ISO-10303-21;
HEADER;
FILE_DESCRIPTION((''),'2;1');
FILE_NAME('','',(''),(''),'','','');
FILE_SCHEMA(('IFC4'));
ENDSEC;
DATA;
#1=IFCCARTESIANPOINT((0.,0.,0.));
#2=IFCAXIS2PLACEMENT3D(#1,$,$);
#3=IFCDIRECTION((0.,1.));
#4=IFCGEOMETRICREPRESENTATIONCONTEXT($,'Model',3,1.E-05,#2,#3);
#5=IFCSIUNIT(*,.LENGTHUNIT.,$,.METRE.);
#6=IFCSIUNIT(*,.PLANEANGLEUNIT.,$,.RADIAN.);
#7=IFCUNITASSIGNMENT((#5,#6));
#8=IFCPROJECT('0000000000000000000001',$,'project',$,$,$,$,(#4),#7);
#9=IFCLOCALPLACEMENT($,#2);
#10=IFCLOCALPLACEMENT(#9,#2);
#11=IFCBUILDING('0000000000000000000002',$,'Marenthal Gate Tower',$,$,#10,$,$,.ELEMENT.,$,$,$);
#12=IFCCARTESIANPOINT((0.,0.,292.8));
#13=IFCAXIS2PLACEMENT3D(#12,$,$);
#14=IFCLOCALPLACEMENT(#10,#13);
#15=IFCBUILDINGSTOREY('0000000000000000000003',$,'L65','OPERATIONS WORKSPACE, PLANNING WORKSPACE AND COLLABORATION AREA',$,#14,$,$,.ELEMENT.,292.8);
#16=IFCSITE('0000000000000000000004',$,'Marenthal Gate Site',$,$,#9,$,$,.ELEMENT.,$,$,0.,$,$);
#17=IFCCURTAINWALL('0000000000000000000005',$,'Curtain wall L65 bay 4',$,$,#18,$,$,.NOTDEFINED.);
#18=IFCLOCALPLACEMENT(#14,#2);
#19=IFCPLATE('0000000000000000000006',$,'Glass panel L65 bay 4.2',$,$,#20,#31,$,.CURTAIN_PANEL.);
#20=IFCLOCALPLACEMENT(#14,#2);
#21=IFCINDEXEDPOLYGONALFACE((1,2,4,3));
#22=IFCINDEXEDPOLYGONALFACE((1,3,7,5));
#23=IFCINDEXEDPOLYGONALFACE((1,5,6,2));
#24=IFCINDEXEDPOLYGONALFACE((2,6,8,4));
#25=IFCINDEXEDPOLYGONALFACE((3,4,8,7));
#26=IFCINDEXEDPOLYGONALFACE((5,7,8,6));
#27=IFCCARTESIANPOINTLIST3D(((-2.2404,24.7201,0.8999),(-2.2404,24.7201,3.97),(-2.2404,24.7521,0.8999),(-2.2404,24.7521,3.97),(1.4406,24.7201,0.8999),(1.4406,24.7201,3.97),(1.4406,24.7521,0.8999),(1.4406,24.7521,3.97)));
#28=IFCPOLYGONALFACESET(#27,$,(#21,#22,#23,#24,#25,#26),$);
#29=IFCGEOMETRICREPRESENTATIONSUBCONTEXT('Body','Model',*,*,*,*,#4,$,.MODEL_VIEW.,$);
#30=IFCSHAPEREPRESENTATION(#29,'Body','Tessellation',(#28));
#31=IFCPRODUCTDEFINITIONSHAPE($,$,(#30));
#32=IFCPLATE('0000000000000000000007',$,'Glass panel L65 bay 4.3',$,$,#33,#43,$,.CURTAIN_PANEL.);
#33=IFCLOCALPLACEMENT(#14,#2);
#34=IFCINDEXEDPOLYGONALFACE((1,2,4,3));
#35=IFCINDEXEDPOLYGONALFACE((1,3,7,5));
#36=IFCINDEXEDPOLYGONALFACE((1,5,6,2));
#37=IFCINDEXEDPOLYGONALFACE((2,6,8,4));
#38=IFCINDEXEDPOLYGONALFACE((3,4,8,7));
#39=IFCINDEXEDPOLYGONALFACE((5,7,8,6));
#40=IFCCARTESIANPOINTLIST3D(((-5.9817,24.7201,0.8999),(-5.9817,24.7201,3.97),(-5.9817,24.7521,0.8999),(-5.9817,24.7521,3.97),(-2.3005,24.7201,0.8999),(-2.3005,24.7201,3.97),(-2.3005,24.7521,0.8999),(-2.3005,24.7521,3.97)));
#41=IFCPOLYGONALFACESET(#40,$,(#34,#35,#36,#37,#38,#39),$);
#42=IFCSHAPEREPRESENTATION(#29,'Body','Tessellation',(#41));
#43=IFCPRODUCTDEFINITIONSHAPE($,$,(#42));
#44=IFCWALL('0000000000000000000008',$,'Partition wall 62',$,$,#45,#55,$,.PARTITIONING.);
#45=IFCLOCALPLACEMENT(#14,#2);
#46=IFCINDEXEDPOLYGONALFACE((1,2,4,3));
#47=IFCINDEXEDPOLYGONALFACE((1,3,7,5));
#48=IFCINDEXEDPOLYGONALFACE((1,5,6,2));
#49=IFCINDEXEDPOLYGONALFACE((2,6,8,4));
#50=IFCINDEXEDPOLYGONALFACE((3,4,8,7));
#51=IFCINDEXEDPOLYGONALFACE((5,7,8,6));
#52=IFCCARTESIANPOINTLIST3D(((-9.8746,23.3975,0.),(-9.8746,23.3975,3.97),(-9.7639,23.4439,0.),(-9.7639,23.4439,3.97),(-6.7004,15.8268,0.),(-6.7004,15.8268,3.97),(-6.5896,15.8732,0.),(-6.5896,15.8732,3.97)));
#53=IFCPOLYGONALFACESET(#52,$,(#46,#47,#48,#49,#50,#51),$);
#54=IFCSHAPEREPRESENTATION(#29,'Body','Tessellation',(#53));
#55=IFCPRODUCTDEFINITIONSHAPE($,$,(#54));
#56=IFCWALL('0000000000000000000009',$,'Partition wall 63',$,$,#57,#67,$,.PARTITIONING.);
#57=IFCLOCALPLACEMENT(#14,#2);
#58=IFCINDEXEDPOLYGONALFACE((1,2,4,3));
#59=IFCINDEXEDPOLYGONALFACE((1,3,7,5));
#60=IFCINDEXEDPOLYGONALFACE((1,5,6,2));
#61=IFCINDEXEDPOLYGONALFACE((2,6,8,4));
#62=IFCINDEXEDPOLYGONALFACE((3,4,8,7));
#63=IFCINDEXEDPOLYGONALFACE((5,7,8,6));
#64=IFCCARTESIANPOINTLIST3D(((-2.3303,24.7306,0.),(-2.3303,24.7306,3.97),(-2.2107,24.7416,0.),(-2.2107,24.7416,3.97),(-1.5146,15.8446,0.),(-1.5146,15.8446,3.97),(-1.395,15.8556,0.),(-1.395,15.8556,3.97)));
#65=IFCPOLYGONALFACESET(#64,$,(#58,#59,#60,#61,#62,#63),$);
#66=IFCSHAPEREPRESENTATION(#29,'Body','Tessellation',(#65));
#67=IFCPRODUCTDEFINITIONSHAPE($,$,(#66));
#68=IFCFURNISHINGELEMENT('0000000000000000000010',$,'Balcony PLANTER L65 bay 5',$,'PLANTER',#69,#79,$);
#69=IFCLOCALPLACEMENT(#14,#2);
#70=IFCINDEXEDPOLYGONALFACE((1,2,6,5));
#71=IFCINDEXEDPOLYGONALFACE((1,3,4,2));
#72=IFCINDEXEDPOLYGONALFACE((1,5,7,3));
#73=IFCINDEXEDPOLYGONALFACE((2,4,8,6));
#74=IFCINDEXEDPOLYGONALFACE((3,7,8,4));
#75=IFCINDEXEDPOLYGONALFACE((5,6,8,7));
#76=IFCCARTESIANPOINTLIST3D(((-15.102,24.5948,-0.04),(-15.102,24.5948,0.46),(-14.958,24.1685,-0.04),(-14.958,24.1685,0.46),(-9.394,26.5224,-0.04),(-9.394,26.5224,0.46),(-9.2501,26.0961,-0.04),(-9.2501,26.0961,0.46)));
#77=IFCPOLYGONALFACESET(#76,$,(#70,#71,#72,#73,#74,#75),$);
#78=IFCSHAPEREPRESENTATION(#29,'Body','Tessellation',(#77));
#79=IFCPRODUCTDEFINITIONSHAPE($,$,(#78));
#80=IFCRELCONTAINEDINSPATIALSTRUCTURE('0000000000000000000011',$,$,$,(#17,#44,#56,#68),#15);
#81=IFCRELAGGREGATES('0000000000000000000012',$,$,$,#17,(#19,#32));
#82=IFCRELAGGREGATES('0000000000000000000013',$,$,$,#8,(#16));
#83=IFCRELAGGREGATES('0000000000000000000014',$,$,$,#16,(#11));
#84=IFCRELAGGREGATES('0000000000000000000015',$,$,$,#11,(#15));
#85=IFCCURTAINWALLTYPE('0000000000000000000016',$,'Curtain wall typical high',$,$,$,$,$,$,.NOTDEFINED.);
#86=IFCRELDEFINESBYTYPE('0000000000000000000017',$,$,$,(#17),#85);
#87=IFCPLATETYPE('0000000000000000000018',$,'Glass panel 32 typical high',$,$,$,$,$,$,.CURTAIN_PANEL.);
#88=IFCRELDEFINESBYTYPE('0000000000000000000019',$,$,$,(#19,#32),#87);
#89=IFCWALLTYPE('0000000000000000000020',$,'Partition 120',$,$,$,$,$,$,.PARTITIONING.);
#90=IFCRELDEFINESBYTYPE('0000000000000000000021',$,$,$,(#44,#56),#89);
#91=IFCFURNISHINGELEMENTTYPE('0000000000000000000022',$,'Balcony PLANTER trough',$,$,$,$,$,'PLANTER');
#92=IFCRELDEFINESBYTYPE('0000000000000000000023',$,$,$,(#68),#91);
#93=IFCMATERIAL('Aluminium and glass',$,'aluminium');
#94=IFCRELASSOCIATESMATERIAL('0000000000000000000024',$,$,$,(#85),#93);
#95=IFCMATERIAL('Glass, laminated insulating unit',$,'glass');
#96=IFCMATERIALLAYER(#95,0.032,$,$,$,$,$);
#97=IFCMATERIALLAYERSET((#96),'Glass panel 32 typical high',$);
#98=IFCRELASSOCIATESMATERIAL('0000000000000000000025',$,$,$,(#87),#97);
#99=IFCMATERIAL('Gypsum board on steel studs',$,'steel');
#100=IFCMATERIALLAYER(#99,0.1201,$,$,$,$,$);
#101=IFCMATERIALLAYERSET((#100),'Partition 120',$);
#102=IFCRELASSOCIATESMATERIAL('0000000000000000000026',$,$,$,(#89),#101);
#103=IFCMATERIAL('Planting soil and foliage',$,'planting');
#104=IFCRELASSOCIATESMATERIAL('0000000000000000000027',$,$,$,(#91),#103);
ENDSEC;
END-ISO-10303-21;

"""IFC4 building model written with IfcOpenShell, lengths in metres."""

from ifc_helpers import new_model, si_unit, direction, frame, frame_2d, origin, origin_2d, place, context, subcontext, project, spatial, rectangle, extrude, material, layer, layer_set, type_object, element, aggregate, save


model = new_model("IFC4")

# Units and contexts
model_context = context("Model", 3, precision=1e-05, world=origin(), true_north=direction((0.0, 1.0)))
body_context = subcontext(model_context, "Body", "Model", "MODEL_VIEW")
ifc_project = project(units=[si_unit("LENGTHUNIT", "METRE"), si_unit("PLANEANGLEUNIT", "RADIAN")], contexts=[model_context])

# Site, building, storey
site_placement = place(None, origin())
site = spatial("IfcSite", under=ifc_project, at=site_placement, Name="Marenthal Gate Site", CompositionType="ELEMENT", RefElevation=0.0)
building_placement = place(site_placement, origin())
building = spatial("IfcBuilding", under=site, at=building_placement, Name="Marenthal Gate Tower", CompositionType="ELEMENT")
storey_placement = place(building_placement, frame((0.0, 0.0, 292.8)))
storey = spatial("IfcBuildingStorey", under=building, at=storey_placement, Name="L65", Description="OPERATIONS WORKSPACE, PLANNING WORKSPACE AND COLLABORATION AREA", CompositionType="ELEMENT", Elevation=292.8)

# Curtain wall
ifc_material_1 = material(Name="Aluminium and glass", Category="aluminium")
curtain_wall_type = type_object("IfcCurtainWallType", Name="Curtain wall typical high", PredefinedType="NOTDEFINED", material=ifc_material_1)
curtain_wall_placement = place(storey_placement, origin())
curtain_wall = element("IfcCurtainWall", 1, at=curtain_wall_placement, inside=storey, type_object=curtain_wall_type, Name="Curtain wall L65 bay 4", PredefinedType="NOTDEFINED")

# Plates
ifc_material_2 = material(Name="Glass, laminated insulating unit", Category="glass")
ifc_layer_1 = layer(ifc_material_2, 0.032)
ifc_layer_set_1 = layer_set([ifc_layer_1], Name="Glass panel 32 typical high")
plate_type = type_object("IfcPlateType", Name="Glass panel 32 typical high", PredefinedType="CURTAIN_PANEL", material=ifc_layer_set_1)
plate_1_placement = place(storey_placement, frame((-0.3999, 24.7361, 0.8999), z_axis=(0.0, 0.0, 1.0), x_axis=(-1.0, 0.0, 0.0)))
plate_1 = element("IfcPlate", 2, at=plate_1_placement, type_object=plate_type, Name="Glass panel L65 bay 4.2", PredefinedType="CURTAIN_PANEL", context=body_context, shape_type="SweptSolid", body=[
    extrude(rectangle(XDim=3.6809, YDim=0.032, at=origin_2d()), origin(), (0.0, 0.0, 1.0), 3.0701),
])
plate_2_placement = place(storey_placement, frame((-4.1411, 24.7361, 0.8999), z_axis=(0.0, 0.0, 1.0), x_axis=(-1.0, 0.0, 0.0)))
plate_2 = element("IfcPlate", 3, at=plate_2_placement, type_object=plate_type, Name="Glass panel L65 bay 4.3", PredefinedType="CURTAIN_PANEL", context=body_context, shape_type="SweptSolid", body=[
    extrude(rectangle(XDim=3.6812, YDim=0.032, at=origin_2d()), origin(), (0.0, 0.0, 1.0), 3.0701),
])
aggregate(curtain_wall, [plate_1, plate_2])

# Walls
ifc_material_3 = material(Name="Gypsum board on steel studs", Category="steel")
ifc_layer_2 = layer(ifc_material_3, 0.1201)
ifc_layer_set_2 = layer_set([ifc_layer_2], Name="Partition 120")
wall_type_1 = type_object("IfcWallType", Name="Partition 120", PredefinedType="PARTITIONING", material=ifc_layer_set_2)
wall_1_placement = place(storey_placement, frame((-6.645, 15.8501, 0.0), z_axis=(0.0, 0.0, 1.0), x_axis=(-0.386671, 0.922218, 0.0)))
element("IfcWall", 4, at=wall_1_placement, inside=storey, type_object=wall_type_1, Name="Partition wall 62", PredefinedType="PARTITIONING", context=body_context, shape_type="SweptSolid", body=[
    extrude(rectangle(XDim=8.2092, YDim=0.1201, at=frame_2d((4.1045, 0.0))), origin(), (0.0, 0.0, 1.0), 3.97),
])
wall_2_placement = place(storey_placement, frame((-1.4548, 15.8501, 0.0), z_axis=(0.0, 0.0, 1.0), x_axis=(-0.091409, 0.995813, 0.0)))
element("IfcWall", 5, at=wall_2_placement, inside=storey, type_object=wall_type_1, Name="Partition wall 63", PredefinedType="PARTITIONING", context=body_context, shape_type="SweptSolid", body=[
    extrude(rectangle(XDim=8.9233, YDim=0.1201, at=frame_2d((4.4617, 0.0))), origin(), (0.0, 0.0, 1.0), 3.97),
])

# Furnishing element
ifc_material_4 = material(Name="Planting soil and foliage", Category="planting")
furnishing_element_type = type_object("IfcFurnishingElementType", Name="Balcony PLANTER trough", ElementType="PLANTER", material=ifc_material_4)
furnishing_placement = place(storey_placement, frame((-12.176, 25.3455, -0.04), z_axis=(0.0, 0.0, 1.0), x_axis=(-0.947437, -0.319942, 0.0)))
element("IfcFurnishingElement", 6, at=furnishing_placement, inside=storey, type_object=furnishing_element_type, Name="Balcony PLANTER L65 bay 5", ObjectType="PLANTER", context=body_context, shape_type="SweptSolid", body=[
    extrude(rectangle(XDim=6.0247, YDim=0.45, at=origin_2d()), origin(), (0.0, 0.0, 1.0), 0.5),
])

save(model, "model.ifc")
